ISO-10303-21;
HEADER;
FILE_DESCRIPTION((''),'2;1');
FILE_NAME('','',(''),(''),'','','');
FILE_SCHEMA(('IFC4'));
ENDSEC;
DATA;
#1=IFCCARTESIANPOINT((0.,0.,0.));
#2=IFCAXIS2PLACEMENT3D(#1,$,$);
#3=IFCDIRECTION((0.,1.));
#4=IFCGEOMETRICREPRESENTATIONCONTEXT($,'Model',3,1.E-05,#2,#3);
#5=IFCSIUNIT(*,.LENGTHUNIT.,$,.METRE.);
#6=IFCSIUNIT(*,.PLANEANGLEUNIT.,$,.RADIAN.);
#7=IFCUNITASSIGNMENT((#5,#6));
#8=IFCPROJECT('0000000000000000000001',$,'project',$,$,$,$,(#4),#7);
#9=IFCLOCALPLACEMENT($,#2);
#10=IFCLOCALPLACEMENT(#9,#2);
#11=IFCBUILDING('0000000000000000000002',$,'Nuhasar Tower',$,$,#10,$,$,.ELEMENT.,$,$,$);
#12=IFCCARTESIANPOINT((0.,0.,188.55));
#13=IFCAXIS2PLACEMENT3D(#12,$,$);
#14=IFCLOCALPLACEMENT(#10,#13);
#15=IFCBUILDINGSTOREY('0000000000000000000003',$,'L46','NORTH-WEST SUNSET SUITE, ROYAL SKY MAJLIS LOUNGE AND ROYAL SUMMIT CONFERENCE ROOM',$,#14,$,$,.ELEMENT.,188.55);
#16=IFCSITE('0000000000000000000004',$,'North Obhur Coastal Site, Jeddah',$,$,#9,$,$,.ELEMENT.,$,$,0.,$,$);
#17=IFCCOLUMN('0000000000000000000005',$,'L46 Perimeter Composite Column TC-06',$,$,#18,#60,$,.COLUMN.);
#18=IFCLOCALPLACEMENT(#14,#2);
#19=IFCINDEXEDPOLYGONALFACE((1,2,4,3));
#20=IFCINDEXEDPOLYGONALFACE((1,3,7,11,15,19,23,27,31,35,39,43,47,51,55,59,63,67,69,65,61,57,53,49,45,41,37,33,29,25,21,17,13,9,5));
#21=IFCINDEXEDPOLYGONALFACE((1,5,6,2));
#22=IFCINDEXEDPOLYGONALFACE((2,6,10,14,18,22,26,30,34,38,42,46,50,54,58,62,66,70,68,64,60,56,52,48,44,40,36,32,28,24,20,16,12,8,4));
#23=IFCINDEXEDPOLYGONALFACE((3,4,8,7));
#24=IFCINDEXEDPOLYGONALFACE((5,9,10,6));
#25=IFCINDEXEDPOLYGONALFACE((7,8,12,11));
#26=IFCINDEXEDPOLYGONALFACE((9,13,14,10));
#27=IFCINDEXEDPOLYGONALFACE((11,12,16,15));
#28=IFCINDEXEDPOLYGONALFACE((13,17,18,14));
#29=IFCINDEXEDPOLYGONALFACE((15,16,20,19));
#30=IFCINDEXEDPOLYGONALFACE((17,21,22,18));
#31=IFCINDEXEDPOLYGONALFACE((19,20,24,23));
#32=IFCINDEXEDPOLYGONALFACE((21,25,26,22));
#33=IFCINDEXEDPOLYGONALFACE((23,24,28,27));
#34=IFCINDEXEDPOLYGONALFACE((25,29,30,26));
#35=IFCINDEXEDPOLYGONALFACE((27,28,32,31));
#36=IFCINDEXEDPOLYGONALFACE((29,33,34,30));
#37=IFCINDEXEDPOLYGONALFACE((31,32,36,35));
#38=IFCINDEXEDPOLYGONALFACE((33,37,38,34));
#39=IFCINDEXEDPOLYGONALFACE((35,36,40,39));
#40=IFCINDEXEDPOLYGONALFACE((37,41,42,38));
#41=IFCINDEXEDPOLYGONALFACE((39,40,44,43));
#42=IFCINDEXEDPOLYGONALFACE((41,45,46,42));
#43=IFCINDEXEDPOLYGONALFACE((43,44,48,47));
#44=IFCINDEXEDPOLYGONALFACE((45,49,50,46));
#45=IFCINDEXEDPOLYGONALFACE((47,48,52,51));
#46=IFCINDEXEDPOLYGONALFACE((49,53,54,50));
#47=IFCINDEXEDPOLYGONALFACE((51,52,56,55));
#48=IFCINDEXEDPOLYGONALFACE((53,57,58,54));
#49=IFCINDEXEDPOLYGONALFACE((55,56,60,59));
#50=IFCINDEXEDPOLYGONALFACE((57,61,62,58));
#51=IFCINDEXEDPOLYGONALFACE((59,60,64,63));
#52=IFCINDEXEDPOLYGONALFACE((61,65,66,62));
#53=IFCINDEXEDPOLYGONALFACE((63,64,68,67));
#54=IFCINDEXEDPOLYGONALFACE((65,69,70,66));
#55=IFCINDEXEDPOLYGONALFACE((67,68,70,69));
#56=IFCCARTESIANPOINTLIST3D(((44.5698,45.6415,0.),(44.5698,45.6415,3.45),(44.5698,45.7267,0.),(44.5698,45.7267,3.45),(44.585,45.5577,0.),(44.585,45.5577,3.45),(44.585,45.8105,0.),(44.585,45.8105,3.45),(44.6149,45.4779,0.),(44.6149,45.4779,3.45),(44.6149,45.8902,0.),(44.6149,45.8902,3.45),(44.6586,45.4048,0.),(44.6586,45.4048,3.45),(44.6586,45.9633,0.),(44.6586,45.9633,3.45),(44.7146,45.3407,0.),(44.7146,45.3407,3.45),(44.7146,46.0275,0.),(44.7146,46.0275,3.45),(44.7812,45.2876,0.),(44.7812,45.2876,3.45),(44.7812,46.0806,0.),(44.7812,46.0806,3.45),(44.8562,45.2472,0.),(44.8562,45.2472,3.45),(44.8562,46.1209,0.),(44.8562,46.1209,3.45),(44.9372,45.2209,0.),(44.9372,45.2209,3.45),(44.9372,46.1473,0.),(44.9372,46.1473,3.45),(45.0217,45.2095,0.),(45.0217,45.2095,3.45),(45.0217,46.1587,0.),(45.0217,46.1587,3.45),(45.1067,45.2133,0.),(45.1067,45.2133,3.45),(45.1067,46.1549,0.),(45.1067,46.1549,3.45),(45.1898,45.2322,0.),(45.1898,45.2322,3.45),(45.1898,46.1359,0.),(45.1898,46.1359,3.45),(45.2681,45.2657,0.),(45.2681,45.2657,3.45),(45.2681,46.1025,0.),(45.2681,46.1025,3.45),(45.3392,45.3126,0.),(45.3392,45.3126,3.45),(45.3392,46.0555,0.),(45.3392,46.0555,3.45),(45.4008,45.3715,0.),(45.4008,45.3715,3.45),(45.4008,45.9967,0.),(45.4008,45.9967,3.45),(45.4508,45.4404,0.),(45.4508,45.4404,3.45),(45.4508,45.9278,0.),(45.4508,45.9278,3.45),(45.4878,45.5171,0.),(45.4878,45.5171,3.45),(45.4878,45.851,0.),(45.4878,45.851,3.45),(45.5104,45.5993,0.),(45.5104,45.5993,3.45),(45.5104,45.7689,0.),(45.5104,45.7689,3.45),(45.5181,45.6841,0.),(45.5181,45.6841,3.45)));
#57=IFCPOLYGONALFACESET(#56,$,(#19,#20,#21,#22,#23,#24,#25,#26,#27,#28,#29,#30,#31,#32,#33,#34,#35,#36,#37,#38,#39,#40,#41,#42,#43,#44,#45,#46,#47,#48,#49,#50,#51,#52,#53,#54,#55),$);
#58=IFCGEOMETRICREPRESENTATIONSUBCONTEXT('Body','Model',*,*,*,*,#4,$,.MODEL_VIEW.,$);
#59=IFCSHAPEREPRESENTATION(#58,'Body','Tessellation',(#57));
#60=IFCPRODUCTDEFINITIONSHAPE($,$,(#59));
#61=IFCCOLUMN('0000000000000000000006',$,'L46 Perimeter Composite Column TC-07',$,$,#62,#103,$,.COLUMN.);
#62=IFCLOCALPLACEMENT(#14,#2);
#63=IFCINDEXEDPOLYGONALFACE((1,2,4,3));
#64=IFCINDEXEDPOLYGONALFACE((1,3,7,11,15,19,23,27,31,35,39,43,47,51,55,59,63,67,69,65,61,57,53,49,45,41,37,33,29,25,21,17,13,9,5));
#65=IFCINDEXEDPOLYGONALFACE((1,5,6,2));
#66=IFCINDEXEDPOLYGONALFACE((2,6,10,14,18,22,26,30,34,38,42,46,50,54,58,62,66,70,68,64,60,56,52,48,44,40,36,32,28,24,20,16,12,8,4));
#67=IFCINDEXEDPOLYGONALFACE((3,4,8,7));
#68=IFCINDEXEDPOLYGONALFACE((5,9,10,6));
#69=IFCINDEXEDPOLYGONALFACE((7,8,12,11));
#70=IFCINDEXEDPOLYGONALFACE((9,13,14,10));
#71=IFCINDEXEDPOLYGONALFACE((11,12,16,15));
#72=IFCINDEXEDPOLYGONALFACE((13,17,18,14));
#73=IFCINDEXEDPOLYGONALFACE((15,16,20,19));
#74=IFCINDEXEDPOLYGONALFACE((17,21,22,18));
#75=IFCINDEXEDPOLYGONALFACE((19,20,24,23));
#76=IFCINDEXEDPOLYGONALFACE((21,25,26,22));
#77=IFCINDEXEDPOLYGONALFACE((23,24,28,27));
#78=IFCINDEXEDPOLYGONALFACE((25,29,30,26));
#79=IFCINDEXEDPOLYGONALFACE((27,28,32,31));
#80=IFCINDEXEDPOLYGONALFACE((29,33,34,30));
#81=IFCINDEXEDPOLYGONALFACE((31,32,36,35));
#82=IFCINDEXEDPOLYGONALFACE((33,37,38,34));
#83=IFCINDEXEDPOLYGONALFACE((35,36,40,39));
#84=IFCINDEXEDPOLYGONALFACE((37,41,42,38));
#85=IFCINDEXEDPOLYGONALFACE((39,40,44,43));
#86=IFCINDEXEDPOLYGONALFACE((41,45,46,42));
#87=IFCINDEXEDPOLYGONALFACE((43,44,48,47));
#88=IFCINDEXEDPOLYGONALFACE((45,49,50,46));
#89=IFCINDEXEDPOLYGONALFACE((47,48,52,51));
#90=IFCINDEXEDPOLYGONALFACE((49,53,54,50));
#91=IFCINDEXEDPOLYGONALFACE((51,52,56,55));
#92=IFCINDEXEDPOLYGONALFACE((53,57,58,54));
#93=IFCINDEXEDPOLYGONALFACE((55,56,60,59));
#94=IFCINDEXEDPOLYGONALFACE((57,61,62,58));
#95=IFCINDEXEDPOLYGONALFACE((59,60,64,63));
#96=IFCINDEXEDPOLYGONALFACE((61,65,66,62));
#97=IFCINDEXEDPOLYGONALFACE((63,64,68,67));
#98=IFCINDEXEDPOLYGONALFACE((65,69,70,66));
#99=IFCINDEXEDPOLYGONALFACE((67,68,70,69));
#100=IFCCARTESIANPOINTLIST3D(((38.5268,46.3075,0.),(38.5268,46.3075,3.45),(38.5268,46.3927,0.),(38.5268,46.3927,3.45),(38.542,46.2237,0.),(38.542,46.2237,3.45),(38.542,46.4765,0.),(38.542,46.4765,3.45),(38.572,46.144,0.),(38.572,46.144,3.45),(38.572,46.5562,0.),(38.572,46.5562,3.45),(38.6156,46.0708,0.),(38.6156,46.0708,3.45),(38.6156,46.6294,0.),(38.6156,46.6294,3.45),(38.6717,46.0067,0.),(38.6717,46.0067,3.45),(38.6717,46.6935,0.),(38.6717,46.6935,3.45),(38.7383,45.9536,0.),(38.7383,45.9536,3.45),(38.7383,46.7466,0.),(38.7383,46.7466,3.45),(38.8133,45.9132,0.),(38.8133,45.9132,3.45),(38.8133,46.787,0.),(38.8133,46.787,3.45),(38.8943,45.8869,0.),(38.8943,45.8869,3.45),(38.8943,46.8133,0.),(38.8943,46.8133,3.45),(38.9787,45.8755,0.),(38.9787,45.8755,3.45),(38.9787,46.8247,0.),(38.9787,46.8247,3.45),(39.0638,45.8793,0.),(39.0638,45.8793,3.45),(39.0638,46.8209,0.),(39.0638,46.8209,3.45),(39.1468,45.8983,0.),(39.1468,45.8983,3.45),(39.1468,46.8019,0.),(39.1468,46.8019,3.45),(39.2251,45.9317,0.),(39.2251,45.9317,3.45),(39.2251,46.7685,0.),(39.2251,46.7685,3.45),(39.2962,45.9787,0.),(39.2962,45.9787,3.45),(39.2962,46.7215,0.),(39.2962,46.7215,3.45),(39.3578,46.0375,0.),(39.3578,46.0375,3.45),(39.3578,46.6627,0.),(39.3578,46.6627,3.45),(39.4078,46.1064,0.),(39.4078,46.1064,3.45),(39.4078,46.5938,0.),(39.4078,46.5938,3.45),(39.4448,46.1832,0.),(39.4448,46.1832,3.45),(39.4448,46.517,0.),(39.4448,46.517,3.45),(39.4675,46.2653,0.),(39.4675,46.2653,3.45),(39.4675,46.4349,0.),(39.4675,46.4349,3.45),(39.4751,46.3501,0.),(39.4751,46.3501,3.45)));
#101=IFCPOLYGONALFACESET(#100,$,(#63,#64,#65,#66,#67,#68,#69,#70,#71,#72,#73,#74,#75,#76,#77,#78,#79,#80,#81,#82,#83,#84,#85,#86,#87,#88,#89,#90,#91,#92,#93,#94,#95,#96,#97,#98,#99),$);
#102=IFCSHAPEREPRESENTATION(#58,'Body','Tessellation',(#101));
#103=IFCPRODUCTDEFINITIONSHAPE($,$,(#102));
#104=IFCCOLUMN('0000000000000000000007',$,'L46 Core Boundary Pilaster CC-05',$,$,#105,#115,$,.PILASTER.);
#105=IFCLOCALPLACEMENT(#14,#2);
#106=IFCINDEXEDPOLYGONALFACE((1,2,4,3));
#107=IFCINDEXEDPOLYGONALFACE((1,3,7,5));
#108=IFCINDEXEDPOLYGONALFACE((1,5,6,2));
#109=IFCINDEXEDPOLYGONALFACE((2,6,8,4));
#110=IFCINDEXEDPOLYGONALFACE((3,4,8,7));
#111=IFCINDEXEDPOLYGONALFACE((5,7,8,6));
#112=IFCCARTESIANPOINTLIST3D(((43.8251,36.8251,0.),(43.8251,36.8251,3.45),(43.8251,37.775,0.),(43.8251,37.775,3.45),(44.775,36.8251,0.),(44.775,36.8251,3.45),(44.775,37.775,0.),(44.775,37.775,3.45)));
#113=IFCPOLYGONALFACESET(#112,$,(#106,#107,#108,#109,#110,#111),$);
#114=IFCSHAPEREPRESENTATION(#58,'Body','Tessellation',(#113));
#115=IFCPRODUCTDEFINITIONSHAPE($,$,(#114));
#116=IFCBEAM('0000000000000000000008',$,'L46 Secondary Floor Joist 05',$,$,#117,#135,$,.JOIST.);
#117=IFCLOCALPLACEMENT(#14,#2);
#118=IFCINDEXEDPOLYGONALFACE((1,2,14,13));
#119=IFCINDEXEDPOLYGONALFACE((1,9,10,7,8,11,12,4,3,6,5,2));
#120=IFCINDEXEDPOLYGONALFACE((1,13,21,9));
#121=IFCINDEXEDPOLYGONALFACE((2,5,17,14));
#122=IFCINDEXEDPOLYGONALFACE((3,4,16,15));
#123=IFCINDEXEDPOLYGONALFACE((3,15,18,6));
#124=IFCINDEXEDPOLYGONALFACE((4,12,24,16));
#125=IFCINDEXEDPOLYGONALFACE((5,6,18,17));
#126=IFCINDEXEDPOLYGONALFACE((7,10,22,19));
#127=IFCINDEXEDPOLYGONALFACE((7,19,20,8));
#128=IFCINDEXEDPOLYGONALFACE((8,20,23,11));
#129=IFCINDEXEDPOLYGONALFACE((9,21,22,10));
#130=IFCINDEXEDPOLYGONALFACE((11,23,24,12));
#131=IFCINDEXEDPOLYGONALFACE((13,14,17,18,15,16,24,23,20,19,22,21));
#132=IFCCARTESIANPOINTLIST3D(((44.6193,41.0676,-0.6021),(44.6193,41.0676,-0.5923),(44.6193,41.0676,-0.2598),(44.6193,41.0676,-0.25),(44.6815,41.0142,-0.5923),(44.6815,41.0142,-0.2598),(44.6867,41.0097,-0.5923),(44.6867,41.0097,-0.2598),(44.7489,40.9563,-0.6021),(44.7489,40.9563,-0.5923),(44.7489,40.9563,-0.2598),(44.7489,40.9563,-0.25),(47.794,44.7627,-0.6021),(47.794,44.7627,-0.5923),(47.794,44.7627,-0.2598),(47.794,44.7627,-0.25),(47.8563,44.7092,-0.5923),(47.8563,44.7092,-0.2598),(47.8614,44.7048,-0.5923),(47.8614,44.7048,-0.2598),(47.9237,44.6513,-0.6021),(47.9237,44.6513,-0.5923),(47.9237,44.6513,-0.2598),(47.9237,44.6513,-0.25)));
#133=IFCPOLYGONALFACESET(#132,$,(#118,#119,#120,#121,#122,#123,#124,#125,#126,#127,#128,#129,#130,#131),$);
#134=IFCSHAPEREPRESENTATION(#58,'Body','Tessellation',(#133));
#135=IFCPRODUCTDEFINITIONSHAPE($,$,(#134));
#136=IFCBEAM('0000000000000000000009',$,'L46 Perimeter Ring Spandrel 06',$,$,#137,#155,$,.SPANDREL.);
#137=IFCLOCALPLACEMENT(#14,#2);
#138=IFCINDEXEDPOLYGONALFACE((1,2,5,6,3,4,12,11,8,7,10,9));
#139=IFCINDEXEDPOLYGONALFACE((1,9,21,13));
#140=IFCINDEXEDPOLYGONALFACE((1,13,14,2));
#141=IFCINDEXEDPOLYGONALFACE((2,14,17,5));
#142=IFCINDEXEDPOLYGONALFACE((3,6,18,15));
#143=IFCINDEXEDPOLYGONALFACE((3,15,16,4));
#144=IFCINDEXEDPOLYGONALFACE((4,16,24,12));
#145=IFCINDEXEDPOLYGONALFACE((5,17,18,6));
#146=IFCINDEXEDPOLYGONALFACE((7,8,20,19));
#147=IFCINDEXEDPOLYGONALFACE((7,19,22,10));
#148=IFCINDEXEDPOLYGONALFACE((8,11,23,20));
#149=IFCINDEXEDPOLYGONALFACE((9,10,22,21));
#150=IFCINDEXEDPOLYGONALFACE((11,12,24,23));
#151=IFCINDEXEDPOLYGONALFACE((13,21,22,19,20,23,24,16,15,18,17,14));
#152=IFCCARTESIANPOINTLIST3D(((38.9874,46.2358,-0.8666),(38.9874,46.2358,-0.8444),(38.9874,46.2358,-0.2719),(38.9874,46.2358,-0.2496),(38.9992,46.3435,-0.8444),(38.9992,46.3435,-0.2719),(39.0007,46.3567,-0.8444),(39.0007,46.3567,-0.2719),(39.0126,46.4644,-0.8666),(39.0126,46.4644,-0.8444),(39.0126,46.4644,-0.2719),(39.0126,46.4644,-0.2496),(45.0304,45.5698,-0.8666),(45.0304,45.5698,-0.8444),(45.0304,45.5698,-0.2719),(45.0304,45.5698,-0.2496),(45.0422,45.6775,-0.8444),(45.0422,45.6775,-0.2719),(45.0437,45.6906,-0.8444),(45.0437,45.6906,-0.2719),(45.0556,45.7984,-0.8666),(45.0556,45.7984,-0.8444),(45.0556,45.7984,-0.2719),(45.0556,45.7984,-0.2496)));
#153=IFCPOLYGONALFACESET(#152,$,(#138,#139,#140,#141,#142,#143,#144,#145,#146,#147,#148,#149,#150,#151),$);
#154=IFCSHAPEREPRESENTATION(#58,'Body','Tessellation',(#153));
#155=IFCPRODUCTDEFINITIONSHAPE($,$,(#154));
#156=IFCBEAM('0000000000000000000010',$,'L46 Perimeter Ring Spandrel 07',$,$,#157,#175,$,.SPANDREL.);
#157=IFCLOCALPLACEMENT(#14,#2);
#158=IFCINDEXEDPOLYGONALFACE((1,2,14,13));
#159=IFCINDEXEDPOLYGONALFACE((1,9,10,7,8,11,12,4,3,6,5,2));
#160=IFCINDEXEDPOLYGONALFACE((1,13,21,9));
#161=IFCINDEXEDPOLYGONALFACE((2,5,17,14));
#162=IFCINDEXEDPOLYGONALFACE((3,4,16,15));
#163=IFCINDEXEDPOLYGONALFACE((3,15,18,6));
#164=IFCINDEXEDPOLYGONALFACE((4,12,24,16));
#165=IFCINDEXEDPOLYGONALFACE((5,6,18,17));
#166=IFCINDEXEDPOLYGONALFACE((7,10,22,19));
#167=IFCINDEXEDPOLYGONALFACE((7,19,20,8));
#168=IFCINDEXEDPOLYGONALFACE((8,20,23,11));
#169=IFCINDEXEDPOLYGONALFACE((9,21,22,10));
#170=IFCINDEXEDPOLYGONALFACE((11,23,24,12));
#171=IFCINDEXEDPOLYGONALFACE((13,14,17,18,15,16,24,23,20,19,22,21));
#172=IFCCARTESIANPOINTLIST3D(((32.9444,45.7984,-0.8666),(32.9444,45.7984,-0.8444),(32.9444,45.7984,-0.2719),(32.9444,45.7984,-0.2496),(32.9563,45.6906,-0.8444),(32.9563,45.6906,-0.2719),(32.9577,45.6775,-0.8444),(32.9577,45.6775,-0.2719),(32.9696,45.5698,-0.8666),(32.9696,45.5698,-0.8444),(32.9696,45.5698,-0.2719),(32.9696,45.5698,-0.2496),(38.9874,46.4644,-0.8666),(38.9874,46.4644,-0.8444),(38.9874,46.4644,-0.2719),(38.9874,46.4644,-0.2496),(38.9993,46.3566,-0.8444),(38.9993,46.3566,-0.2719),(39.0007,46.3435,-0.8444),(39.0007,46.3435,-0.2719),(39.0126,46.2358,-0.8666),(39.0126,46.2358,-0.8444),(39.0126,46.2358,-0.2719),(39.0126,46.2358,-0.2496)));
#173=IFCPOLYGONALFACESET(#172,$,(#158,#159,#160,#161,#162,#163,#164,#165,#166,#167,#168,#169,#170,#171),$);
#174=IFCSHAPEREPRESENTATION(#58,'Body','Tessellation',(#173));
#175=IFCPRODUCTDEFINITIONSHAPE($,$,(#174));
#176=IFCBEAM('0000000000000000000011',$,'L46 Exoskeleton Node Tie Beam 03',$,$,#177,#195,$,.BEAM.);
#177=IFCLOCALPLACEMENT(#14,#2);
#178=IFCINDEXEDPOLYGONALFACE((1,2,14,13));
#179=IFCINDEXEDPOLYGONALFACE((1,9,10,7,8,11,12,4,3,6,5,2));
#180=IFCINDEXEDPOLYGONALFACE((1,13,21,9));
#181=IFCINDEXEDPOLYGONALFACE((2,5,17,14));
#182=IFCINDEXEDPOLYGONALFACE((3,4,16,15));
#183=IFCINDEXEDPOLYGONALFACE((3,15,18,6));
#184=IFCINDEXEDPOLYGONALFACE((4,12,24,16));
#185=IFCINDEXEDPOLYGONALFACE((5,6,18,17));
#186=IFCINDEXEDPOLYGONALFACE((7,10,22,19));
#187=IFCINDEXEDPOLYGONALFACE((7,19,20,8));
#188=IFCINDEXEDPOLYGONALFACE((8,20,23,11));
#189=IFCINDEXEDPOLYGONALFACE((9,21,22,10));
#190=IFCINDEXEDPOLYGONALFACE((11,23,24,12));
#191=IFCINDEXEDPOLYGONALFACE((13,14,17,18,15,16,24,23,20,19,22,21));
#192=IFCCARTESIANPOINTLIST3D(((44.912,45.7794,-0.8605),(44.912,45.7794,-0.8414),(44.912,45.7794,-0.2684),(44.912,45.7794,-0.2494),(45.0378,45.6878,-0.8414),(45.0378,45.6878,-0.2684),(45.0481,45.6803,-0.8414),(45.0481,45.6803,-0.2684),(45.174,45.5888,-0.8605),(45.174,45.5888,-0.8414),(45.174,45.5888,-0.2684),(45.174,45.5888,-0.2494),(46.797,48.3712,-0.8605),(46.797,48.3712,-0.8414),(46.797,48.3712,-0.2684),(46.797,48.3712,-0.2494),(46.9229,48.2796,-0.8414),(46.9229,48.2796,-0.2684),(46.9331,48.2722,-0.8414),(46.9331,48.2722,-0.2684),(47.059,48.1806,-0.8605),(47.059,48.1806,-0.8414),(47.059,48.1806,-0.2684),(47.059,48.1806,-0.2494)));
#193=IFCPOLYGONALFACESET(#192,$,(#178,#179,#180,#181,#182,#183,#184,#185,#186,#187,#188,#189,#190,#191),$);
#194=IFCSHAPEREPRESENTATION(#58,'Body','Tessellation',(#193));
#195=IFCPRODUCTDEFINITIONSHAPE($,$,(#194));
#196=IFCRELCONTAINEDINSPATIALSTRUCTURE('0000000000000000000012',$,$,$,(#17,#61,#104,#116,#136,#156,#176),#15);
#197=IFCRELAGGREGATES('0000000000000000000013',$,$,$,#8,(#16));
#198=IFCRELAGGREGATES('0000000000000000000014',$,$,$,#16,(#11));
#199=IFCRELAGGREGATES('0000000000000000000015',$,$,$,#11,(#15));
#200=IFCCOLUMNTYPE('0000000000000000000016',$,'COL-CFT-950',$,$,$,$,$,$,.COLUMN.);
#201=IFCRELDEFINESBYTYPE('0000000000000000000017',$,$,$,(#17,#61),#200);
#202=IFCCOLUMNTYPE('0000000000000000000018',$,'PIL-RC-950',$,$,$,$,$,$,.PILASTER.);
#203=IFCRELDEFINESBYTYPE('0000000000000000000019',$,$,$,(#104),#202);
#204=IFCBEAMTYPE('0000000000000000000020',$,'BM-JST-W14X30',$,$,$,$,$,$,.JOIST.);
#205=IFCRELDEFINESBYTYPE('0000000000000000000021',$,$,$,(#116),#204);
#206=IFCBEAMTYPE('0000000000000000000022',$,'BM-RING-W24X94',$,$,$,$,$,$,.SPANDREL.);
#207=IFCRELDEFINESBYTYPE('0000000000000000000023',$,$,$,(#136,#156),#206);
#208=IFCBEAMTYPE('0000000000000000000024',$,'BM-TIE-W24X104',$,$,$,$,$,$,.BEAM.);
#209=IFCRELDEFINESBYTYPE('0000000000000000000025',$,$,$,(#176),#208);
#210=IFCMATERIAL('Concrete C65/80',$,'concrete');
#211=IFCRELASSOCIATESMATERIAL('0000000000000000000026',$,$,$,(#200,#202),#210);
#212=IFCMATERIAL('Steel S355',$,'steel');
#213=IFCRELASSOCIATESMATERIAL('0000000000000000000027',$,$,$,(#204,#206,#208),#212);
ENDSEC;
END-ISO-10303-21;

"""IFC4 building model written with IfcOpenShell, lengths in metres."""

from ifc_helpers import new_model, si_unit, direction, frame, origin, origin_2d, place, context, subcontext, project, spatial, rectangle, circle, i_section, extrude, material, material_profile, profile_set, type_object, element, save


model = new_model("IFC4")

# Units and contexts
model_context = context("Model", 3, precision=1e-05, world=origin(), true_north=direction((0.0, 1.0)))
body_context = subcontext(model_context, "Body", "Model", "MODEL_VIEW")
ifc_project = project(units=[si_unit("LENGTHUNIT", "METRE"), si_unit("PLANEANGLEUNIT", "RADIAN")], contexts=[model_context])

# Site, building, storey
site_placement = place(None, origin())
site = spatial("IfcSite", under=ifc_project, at=site_placement, Name="North Obhur Coastal Site, Jeddah", CompositionType="ELEMENT", RefElevation=0.0)
building_placement = place(site_placement, origin())
building = spatial("IfcBuilding", under=site, at=building_placement, Name="Nuhasar Tower", CompositionType="ELEMENT")
storey_placement = place(building_placement, frame((0.0, 0.0, 188.55)))
storey = spatial("IfcBuildingStorey", under=building, at=storey_placement, Name="L46", Description="NORTH-WEST SUNSET SUITE, ROYAL SKY MAJLIS LOUNGE AND ROYAL SUMMIT CONFERENCE ROOM", CompositionType="ELEMENT", Elevation=188.55)

# Columns
ifc_material_1 = material(Name="Concrete C65/80", Category="concrete")
ifc_material_profile_1 = material_profile(ifc_material_1, circle(Radius=0.4751, at=origin_2d()), Name="CFT950")
ifc_profile_set_1 = profile_set([ifc_material_profile_1], Name="Concrete C65/80")
column_type_1 = type_object("IfcColumnType", Name="COL-CFT-950", PredefinedType="COLUMN", material=ifc_profile_set_1)
for number, where, z_axis, x_axis, name in (
    (1, (45.043, 45.6841, 0.0), (0.0, 0.0, 1.0), (1.0, 0.0, 0.0), "L46 Perimeter Composite Column TC-06"),
    (2, (39.0, 46.3501, 0.0), (0.0, 0.0, 1.0), (1.0, 0.0, 0.0), "L46 Perimeter Composite Column TC-07"),
):
    element("IfcColumn", number, at=place(storey_placement, frame(where, z_axis=z_axis, x_axis=x_axis)), inside=storey, type_object=column_type_1, Name=name, PredefinedType="COLUMN", context=body_context, shape_type="SweptSolid", body=[
        extrude(circle(Radius=0.4751, at=origin_2d()), origin(), (0.0, 0.0, 1.0), 3.45),
    ])
ifc_material_profile_2 = material_profile(ifc_material_1, rectangle(XDim=0.95, YDim=0.95, at=origin_2d()), Name="RC950X950")
ifc_profile_set_2 = profile_set([ifc_material_profile_2], Name="Concrete C65/80")
column_type_2 = type_object("IfcColumnType", Name="PIL-RC-950", PredefinedType="PILASTER", material=ifc_profile_set_2)
column_placement = place(storey_placement, frame((44.3, 37.3, 0.0), z_axis=(0.0, 0.0, 1.0), x_axis=(1.0, 0.0, 0.0)))
element("IfcColumn", 3, at=column_placement, inside=storey, type_object=column_type_2, Name="L46 Core Boundary Pilaster CC-05", PredefinedType="PILASTER", context=body_context, shape_type="SweptSolid", body=[
    extrude(rectangle(XDim=0.95, YDim=0.95, at=origin_2d()), origin(), (0.0, 0.0, 1.0), 3.45),
])

# Beams
ifc_material_2 = material(Name="Steel S355", Category="steel")
ifc_material_profile_3 = material_profile(ifc_material_2, i_section(OverallWidth=0.1709, OverallDepth=0.3521, WebThickness=0.0068, FlangeThickness=0.0098, at=origin_2d()), Name="W14X30")
ifc_profile_set_3 = profile_set([ifc_material_profile_3], Name="Steel S355")
beam_type_1 = type_object("IfcBeamType", Name="BM-JST-W14X30", PredefinedType="JOIST", material=ifc_profile_set_3)
beam_1_placement = place(storey_placement, frame((44.6841, 41.012, -0.426), z_axis=(0.651691, 0.758485, 0.0), x_axis=(-0.758485, 0.651691, 0.0)))
element("IfcBeam", 4, at=beam_1_placement, inside=storey, type_object=beam_type_1, Name="L46 Secondary Floor Joist 05", PredefinedType="JOIST", context=body_context, shape_type="SweptSolid", body=[
    extrude(i_section(OverallWidth=0.1709, OverallDepth=0.3521, WebThickness=0.0068, FlangeThickness=0.0098, at=origin_2d()), origin(), (0.0, 0.0, 1.0), 4.8716),
])
ifc_material_profile_4 = material_profile(ifc_material_2, i_section(OverallWidth=0.23, OverallDepth=0.6169, WebThickness=0.0132, FlangeThickness=0.0222, at=origin_2d()), Name="W24X94")
ifc_profile_set_4 = profile_set([ifc_material_profile_4], Name="Steel S355")
beam_type_2 = type_object("IfcBeamType", Name="BM-RING-W24X94", PredefinedType="SPANDREL", material=ifc_profile_set_4)
for number, where, z_axis, x_axis, name in (
    (5, (45.043, 45.6841, -0.5581), (-0.993981, 0.10955, 0.0), (-0.10955, -0.993981, 0.0), "L46 Perimeter Ring Spandrel 06"),
    (6, (39.0, 46.3501, -0.5581), (-0.993981, -0.10955, 0.0), (0.10955, -0.993981, 0.0), "L46 Perimeter Ring Spandrel 07"),
):
    element("IfcBeam", number, at=place(storey_placement, frame(where, z_axis=z_axis, x_axis=x_axis)), inside=storey, type_object=beam_type_2, Name=name, PredefinedType="SPANDREL", context=body_context, shape_type="SweptSolid", body=[
        extrude(i_section(OverallWidth=0.23, OverallDepth=0.6169, WebThickness=0.0132, FlangeThickness=0.0222, at=origin_2d()), origin(), (0.0, 0.0, 1.0), 6.0796),
    ])
ifc_material_profile_5 = material_profile(ifc_material_2, i_section(OverallWidth=0.324, OverallDepth=0.6111, WebThickness=0.0127, FlangeThickness=0.019, at=origin_2d()), Name="W24X104")
ifc_profile_set_5 = profile_set([ifc_material_profile_5], Name="Steel S355")
beam_type_3 = type_object("IfcBeamType", Name="BM-TIE-W24X104", PredefinedType="BEAM", material=ifc_profile_set_5)
beam_2_placement = place(storey_placement, frame((45.043, 45.6841, -0.5549), z_axis=(0.588185, 0.808726, 0.0), x_axis=(-0.808726, 0.588185, 0.0)))
element("IfcBeam", 7, at=beam_2_placement, inside=storey, type_object=beam_type_3, Name="L46 Exoskeleton Node Tie Beam 03", PredefinedType="BEAM", context=body_context, shape_type="SweptSolid", body=[
    extrude(i_section(OverallWidth=0.324, OverallDepth=0.6111, WebThickness=0.0127, FlangeThickness=0.019, at=origin_2d()), origin(), (0.0, 0.0, 1.0), 3.2048),
])

save(model, "model.ifc")
